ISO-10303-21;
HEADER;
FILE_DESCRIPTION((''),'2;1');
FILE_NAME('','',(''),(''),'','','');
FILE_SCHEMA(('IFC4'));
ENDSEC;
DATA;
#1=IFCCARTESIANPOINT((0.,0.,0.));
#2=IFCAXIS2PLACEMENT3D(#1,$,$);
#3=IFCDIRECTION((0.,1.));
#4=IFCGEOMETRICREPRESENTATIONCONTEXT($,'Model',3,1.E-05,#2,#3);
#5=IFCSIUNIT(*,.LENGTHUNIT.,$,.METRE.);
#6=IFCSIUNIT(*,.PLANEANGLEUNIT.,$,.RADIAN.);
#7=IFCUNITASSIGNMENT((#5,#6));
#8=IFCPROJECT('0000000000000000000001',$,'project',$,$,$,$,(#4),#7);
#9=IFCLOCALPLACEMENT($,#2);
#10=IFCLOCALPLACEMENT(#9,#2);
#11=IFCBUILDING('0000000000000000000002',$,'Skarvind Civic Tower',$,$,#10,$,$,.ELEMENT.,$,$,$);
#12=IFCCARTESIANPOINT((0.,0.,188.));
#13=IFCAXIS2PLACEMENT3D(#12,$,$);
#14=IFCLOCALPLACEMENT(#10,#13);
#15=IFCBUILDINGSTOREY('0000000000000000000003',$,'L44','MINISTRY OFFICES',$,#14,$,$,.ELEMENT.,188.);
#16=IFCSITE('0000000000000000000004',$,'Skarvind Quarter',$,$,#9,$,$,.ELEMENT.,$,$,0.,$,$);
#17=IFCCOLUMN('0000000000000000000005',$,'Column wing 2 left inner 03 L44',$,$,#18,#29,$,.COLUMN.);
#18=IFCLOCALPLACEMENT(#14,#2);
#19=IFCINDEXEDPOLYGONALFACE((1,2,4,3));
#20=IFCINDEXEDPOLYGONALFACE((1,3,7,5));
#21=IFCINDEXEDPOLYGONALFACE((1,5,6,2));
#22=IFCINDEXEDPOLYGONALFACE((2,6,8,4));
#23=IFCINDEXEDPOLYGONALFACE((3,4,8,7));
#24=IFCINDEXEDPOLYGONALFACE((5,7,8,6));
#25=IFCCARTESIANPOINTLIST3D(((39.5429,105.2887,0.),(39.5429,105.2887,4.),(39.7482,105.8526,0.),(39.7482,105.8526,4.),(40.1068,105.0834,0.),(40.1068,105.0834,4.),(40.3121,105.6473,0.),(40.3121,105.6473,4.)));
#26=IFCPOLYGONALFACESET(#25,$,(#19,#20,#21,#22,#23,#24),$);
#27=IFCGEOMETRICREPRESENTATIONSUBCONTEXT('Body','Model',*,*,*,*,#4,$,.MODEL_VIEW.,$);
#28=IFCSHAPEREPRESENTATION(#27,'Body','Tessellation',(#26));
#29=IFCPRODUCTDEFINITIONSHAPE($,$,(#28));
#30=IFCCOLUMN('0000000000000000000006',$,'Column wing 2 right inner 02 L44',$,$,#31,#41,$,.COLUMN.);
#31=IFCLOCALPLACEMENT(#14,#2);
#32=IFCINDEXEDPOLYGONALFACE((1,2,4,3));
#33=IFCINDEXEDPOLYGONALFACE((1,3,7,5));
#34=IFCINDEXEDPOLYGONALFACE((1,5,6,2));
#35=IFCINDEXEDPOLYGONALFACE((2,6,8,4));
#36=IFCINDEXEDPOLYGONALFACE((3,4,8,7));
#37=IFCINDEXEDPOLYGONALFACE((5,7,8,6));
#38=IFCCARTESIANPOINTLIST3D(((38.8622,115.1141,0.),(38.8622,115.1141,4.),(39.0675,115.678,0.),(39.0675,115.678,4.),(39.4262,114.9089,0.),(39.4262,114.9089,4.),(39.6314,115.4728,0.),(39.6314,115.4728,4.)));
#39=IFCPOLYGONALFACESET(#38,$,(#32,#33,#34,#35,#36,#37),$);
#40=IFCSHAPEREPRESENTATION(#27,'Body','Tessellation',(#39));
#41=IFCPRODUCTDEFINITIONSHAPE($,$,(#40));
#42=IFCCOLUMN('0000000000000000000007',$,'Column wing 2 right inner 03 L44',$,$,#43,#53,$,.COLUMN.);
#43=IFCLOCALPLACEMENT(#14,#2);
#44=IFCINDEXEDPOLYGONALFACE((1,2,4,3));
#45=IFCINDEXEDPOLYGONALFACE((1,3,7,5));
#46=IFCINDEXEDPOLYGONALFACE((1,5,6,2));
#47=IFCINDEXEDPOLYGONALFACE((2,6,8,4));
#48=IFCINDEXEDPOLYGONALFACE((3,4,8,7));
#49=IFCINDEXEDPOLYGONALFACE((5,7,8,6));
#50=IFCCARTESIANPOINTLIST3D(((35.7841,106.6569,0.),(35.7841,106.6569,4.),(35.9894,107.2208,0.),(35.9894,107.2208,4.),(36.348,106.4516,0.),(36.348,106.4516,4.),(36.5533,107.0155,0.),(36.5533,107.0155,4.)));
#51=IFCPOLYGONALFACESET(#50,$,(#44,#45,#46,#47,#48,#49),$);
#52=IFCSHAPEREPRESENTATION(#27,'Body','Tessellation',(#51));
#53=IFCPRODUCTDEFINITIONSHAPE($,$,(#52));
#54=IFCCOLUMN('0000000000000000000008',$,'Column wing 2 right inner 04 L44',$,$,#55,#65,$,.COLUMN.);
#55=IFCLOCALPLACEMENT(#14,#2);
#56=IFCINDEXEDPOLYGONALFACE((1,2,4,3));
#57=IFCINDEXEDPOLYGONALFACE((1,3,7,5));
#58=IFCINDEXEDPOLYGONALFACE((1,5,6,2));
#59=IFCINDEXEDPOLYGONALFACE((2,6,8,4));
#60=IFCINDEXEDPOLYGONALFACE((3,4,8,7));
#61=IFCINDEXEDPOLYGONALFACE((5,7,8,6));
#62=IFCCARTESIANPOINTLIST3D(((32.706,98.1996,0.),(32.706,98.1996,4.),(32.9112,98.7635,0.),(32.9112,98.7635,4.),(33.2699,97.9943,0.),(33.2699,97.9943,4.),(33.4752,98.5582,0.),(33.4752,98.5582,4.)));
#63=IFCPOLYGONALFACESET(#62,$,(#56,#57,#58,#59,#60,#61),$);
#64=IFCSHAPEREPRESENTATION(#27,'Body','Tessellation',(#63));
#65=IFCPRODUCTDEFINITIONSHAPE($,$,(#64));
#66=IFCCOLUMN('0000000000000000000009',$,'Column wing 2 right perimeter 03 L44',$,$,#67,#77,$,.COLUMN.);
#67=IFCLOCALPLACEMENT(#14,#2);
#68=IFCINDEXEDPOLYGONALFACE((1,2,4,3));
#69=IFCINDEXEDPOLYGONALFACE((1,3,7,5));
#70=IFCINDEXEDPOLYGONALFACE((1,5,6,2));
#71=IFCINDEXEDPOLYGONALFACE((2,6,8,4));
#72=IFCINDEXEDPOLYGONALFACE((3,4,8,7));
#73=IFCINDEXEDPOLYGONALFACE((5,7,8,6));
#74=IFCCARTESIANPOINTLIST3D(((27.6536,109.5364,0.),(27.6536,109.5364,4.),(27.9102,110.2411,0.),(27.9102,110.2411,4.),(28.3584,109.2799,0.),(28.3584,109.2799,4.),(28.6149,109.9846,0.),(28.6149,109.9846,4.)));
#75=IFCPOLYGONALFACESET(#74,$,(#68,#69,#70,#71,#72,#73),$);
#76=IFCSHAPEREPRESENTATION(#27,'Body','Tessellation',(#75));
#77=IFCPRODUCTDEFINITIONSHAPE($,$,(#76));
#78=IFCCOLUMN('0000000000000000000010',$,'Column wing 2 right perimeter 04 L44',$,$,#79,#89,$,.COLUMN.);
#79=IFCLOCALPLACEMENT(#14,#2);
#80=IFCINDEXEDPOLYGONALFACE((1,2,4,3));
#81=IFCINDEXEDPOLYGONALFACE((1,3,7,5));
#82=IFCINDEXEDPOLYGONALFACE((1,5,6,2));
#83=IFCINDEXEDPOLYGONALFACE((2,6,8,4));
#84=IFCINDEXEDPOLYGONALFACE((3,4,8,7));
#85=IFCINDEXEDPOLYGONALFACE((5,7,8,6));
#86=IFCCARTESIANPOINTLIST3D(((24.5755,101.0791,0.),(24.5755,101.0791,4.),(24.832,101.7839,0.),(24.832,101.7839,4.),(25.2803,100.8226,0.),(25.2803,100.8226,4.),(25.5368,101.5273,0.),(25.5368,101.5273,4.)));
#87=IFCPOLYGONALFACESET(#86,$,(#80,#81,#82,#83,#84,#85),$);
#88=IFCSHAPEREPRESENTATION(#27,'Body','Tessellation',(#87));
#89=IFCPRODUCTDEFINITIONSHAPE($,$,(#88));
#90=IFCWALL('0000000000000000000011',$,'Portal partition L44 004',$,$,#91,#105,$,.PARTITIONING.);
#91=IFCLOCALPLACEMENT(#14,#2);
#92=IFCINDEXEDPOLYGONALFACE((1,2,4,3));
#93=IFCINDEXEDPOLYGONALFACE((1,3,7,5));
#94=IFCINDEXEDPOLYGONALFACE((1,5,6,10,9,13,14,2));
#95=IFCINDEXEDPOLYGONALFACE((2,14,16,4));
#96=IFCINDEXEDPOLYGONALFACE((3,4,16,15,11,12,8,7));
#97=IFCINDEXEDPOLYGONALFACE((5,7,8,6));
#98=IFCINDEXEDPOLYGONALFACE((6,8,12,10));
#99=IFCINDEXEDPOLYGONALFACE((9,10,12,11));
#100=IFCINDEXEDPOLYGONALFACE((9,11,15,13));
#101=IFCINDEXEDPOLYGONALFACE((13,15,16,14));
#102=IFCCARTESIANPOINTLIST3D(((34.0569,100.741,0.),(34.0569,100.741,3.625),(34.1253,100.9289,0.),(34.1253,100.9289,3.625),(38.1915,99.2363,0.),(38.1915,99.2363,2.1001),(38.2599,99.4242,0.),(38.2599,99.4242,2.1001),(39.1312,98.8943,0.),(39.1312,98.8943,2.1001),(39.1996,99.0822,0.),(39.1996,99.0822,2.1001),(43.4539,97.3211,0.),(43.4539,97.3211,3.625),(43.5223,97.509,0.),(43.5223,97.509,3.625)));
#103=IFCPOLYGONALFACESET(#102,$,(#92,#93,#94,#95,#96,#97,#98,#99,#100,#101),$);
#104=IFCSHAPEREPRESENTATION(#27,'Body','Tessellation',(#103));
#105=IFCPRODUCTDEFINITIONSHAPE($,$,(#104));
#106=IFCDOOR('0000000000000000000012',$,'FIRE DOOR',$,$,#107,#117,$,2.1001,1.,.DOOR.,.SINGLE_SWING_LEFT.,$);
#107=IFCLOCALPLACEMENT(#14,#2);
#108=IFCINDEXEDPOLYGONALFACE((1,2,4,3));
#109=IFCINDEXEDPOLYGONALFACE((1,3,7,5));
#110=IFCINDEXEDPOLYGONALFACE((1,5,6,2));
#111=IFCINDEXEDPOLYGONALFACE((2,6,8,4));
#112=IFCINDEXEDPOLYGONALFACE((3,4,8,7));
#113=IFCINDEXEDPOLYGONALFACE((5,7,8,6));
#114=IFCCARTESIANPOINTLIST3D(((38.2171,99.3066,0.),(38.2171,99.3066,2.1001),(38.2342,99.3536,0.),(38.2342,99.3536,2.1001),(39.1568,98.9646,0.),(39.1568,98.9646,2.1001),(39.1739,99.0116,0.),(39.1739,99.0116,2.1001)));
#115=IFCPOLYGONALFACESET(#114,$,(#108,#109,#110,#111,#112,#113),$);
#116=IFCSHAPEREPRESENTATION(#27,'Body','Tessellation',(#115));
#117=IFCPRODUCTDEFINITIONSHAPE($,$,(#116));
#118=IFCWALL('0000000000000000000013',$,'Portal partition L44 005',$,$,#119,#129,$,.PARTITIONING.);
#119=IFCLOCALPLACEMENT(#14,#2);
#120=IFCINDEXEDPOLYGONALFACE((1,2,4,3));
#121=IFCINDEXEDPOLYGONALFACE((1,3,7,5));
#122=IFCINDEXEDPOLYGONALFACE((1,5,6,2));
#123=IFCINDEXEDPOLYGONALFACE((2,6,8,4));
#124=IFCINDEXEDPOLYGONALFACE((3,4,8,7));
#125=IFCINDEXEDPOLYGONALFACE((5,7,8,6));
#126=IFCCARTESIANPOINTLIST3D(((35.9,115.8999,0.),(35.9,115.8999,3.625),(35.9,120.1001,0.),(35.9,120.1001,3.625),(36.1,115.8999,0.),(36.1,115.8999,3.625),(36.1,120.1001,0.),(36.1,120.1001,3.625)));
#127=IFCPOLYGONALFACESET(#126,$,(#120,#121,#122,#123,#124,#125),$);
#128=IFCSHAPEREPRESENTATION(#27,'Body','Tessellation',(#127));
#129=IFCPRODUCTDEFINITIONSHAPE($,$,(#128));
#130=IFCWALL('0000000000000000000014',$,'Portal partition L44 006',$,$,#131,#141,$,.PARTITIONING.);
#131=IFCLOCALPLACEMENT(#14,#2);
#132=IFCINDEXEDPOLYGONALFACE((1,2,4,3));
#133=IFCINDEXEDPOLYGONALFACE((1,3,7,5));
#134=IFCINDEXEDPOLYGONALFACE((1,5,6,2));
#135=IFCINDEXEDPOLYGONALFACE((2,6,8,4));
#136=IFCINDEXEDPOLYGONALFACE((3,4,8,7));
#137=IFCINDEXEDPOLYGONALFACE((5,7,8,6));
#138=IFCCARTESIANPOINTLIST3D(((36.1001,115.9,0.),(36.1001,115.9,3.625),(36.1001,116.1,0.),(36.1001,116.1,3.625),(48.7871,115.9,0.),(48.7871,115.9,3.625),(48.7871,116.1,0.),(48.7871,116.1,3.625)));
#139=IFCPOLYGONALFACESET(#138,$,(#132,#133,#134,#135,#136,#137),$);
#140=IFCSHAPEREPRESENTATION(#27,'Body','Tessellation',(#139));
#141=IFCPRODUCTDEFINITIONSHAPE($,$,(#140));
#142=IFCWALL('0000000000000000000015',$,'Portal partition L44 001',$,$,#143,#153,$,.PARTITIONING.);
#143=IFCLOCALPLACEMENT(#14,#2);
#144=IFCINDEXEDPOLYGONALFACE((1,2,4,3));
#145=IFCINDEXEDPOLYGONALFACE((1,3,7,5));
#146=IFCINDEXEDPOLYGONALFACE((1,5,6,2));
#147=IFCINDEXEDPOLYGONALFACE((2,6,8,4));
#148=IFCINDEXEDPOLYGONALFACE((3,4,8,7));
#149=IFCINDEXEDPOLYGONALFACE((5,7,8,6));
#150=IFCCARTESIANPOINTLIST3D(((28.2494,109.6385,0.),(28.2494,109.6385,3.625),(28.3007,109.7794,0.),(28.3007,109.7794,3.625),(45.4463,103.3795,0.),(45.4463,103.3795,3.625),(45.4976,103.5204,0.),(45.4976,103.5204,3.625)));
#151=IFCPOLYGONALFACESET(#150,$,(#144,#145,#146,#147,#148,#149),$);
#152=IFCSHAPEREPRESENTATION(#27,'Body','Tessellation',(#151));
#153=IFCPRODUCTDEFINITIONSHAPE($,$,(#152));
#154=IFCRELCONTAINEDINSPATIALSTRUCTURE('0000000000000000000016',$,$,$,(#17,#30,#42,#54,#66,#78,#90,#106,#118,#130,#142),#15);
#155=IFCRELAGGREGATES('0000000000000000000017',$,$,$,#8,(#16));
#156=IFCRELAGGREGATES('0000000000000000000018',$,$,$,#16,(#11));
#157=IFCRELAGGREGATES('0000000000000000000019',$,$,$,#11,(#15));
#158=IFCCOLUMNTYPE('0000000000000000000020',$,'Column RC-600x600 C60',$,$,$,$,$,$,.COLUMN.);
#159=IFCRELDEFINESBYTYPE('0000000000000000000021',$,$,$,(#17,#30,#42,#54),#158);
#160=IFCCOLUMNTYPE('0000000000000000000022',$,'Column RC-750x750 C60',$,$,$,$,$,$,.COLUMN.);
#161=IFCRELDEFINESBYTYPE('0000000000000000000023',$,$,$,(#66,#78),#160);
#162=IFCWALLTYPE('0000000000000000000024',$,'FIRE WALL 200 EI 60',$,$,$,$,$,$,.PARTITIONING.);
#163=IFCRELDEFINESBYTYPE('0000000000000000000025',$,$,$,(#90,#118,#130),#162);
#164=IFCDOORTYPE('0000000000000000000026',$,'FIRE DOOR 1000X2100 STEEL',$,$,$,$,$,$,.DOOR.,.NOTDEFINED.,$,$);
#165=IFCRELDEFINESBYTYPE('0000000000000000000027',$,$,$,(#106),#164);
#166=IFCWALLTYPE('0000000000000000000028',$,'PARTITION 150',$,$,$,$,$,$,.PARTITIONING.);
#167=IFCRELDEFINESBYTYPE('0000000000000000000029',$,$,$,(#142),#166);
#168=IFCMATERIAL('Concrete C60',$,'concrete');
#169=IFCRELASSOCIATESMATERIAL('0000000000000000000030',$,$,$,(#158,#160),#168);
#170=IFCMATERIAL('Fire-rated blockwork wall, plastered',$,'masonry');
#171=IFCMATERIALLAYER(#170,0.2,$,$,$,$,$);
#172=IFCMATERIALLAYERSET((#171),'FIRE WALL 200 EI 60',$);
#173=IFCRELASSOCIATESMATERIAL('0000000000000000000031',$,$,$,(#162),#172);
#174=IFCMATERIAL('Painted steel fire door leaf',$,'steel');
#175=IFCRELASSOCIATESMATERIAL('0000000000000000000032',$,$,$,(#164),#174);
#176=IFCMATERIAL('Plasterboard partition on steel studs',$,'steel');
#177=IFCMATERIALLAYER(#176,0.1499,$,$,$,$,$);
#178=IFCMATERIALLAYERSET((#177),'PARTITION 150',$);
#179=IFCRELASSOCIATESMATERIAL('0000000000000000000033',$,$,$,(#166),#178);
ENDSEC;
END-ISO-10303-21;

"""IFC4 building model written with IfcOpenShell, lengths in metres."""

from ifc_helpers import new_model, si_unit, direction, frame, frame_2d, origin, origin_2d, place, context, subcontext, project, spatial, rectangle, extrude, material, layer, layer_set, material_profile, profile_set, type_object, element, fill, save


model = new_model("IFC4")

# Units and contexts
model_context = context("Model", 3, precision=1e-05, world=origin(), true_north=direction((0.0, 1.0)))
body_context = subcontext(model_context, "Body", "Model", "MODEL_VIEW")
ifc_project = project(units=[si_unit("LENGTHUNIT", "METRE"), si_unit("PLANEANGLEUNIT", "RADIAN")], contexts=[model_context])

# Site, building, storey
site_placement = place(None, origin())
site = spatial("IfcSite", under=ifc_project, at=site_placement, Name="Skarvind Quarter", CompositionType="ELEMENT", RefElevation=0.0)
building_placement = place(site_placement, origin())
building = spatial("IfcBuilding", under=site, at=building_placement, Name="Skarvind Civic Tower", CompositionType="ELEMENT")
storey_placement = place(building_placement, frame((0.0, 0.0, 188.0)))
storey = spatial("IfcBuildingStorey", under=building, at=storey_placement, Name="L44", Description="MINISTRY OFFICES", CompositionType="ELEMENT", Elevation=188.0)

# Columns
ifc_material_1 = material(Name="Concrete C60", Category="concrete")
ifc_material_profile_1 = material_profile(ifc_material_1, rectangle(XDim=0.6001, YDim=0.6001, at=origin_2d()), Name="RC-600x600")
ifc_profile_set_1 = profile_set([ifc_material_profile_1], Name="Concrete C60")
column_type_1 = type_object("IfcColumnType", Name="Column RC-600x600 C60", PredefinedType="COLUMN", material=ifc_profile_set_1)
for number, where, z_axis, x_axis, name in (
    (1, (39.9275, 105.468, 0.0), (0.0, 0.0, 1.0), (-0.34202, -0.939693, 0.0), "Column wing 2 left inner 03 L44"),
    (2, (39.2468, 115.2935, 0.0), (0.0, 0.0, 1.0), (-0.34202, -0.939693, 0.0), "Column wing 2 right inner 02 L44"),
    (3, (36.1687, 106.8362, 0.0), (0.0, 0.0, 1.0), (-0.34202, -0.939693, 0.0), "Column wing 2 right inner 03 L44"),
    (4, (33.0906, 98.3789, 0.0), (0.0, 0.0, 1.0), (-0.34202, -0.939693, 0.0), "Column wing 2 right inner 04 L44"),
):
    element("IfcColumn", number, at=place(storey_placement, frame(where, z_axis=z_axis, x_axis=x_axis)), inside=storey, type_object=column_type_1, Name=name, PredefinedType="COLUMN", context=body_context, shape_type="SweptSolid", body=[
        extrude(rectangle(XDim=0.6001, YDim=0.6001, at=origin_2d()), origin(), (0.0, 0.0, 1.0), 4.0),
    ])
ifc_material_profile_2 = material_profile(ifc_material_1, rectangle(XDim=0.75, YDim=0.75, at=origin_2d()), Name="RC-750x750")
ifc_profile_set_2 = profile_set([ifc_material_profile_2], Name="Concrete C60")
column_type_2 = type_object("IfcColumnType", Name="Column RC-750x750 C60", PredefinedType="COLUMN", material=ifc_profile_set_2)
for number, where, z_axis, x_axis, name in (
    (5, (28.1343, 109.7605, 0.0), (0.0, 0.0, 1.0), (-0.34202, -0.939693, 0.0), "Column wing 2 right perimeter 03 L44"),
    (6, (25.0562, 101.3032, 0.0), (0.0, 0.0, 1.0), (-0.34202, -0.939693, 0.0), "Column wing 2 right perimeter 04 L44"),
):
    element("IfcColumn", number, at=place(storey_placement, frame(where, z_axis=z_axis, x_axis=x_axis)), inside=storey, type_object=column_type_2, Name=name, PredefinedType="COLUMN", context=body_context, shape_type="SweptSolid", body=[
        extrude(rectangle(XDim=0.75, YDim=0.75, at=origin_2d()), origin(), (0.0, 0.0, 1.0), 4.0),
    ])

# Wall, opening, door
ifc_material_2 = material(Name="Fire-rated blockwork wall, plastered", Category="masonry")
ifc_layer_1 = layer(ifc_material_2, 0.2)
ifc_layer_set_1 = layer_set([ifc_layer_1], Name="FIRE WALL 200 EI 60")
wall_type_1 = type_object("IfcWallType", Name="FIRE WALL 200 EI 60", PredefinedType="PARTITIONING", material=ifc_layer_set_1)
wall_1_placement = place(storey_placement, frame((34.0911, 100.835, 0.0), z_axis=(0.0, 0.0, 1.0), x_axis=(0.939702, -0.341994, 0.0)))
wall_1 = element("IfcWall", 7, at=wall_1_placement, inside=storey, type_object=wall_type_1, Name="Portal partition L44 004", PredefinedType="PARTITIONING", context=body_context, shape_type="SweptSolid", body=[
    extrude(rectangle(XDim=10.0, YDim=0.2, at=frame_2d((5.0, 0.0))), origin(), (0.0, 0.0, 1.0), 3.625),
])
opening_1_placement = place(wall_1_placement, frame((4.3999, 0.0, 0.0)))
opening_1 = element("IfcOpeningElement", 8, at=opening_1_placement, cuts=wall_1, PredefinedType="OPENING", context=body_context, shape_type="SweptSolid", body=[
    extrude(rectangle(XDim=1.0, YDim=2.1001, at=frame_2d((0.5, 1.05))), frame((0.0, 0.1099, 0.0), z_axis=(0.0, -1.0, 0.0), x_axis=(1.0, 0.0, 0.0)), (0.0, 0.0, 1.0), 0.22),
])
ifc_material_3 = material(Name="Painted steel fire door leaf", Category="steel")
door_type = type_object("IfcDoorType", Name="FIRE DOOR 1000X2100 STEEL", OperationType="NOTDEFINED", PredefinedType="DOOR", material=ifc_material_3)
door_placement = place(opening_1_placement, origin())
door = element("IfcDoor", 9, at=door_placement, inside=storey, type_object=door_type, Name="FIRE DOOR", OperationType="SINGLE_SWING_LEFT", OverallHeight=2.1001, OverallWidth=1.0, PredefinedType="DOOR", context=body_context, shape_type="SweptSolid", body=[
    extrude(rectangle(XDim=1.0, YDim=2.1001, at=frame_2d((0.5, 1.05))), frame((0.0, 0.0249, 0.0), z_axis=(0.0, -1.0, 0.0), x_axis=(1.0, 0.0, 0.0)), (0.0, 0.0, 1.0), 0.05),
])
fill(opening_1, door)

# Walls
wall_2_placement = place(storey_placement, frame((36.0, 115.8999, 0.0), z_axis=(0.0, 0.0, 1.0), x_axis=(0.0, 1.0, 0.0)))
element("IfcWall", 10, at=wall_2_placement, inside=storey, type_object=wall_type_1, Name="Portal partition L44 005", PredefinedType="PARTITIONING", context=body_context, shape_type="SweptSolid", body=[
    extrude(rectangle(XDim=4.2002, YDim=0.2, at=frame_2d((2.1001, 0.0))), origin(), (0.0, 0.0, 1.0), 3.625),
])
wall_3_placement = place(storey_placement, frame((36.1001, 116.0, 0.0), z_axis=(0.0, 0.0, 1.0), x_axis=(1.0, 0.0, 0.0)))
element("IfcWall", 11, at=wall_3_placement, inside=storey, type_object=wall_type_1, Name="Portal partition L44 006", PredefinedType="PARTITIONING", context=body_context, shape_type="SweptSolid", body=[
    extrude(rectangle(XDim=12.687, YDim=0.2, at=frame_2d((6.3435, 0.0))), origin(), (0.0, 0.0, 1.0), 3.625),
])
ifc_material_4 = material(Name="Plasterboard partition on steel studs", Category="steel")
ifc_layer_2 = layer(ifc_material_4, 0.1499)
ifc_layer_set_2 = layer_set([ifc_layer_2], Name="PARTITION 150")
wall_type_2 = type_object("IfcWallType", Name="PARTITION 150", PredefinedType="PARTITIONING", material=ifc_layer_set_2)
wall_4_placement = place(storey_placement, frame((28.2749, 109.709, 0.0), z_axis=(0.0, 0.0, 1.0), x_axis=(0.939696, -0.342012, 0.0)))
element("IfcWall", 12, at=wall_4_placement, inside=storey, type_object=wall_type_2, Name="Portal partition L44 001", PredefinedType="PARTITIONING", context=body_context, shape_type="SweptSolid", body=[
    extrude(rectangle(XDim=18.3005, YDim=0.1499, at=frame_2d((9.1504, 0.0))), origin(), (0.0, 0.0, 1.0), 3.625),
])

save(model, "model.ifc")
